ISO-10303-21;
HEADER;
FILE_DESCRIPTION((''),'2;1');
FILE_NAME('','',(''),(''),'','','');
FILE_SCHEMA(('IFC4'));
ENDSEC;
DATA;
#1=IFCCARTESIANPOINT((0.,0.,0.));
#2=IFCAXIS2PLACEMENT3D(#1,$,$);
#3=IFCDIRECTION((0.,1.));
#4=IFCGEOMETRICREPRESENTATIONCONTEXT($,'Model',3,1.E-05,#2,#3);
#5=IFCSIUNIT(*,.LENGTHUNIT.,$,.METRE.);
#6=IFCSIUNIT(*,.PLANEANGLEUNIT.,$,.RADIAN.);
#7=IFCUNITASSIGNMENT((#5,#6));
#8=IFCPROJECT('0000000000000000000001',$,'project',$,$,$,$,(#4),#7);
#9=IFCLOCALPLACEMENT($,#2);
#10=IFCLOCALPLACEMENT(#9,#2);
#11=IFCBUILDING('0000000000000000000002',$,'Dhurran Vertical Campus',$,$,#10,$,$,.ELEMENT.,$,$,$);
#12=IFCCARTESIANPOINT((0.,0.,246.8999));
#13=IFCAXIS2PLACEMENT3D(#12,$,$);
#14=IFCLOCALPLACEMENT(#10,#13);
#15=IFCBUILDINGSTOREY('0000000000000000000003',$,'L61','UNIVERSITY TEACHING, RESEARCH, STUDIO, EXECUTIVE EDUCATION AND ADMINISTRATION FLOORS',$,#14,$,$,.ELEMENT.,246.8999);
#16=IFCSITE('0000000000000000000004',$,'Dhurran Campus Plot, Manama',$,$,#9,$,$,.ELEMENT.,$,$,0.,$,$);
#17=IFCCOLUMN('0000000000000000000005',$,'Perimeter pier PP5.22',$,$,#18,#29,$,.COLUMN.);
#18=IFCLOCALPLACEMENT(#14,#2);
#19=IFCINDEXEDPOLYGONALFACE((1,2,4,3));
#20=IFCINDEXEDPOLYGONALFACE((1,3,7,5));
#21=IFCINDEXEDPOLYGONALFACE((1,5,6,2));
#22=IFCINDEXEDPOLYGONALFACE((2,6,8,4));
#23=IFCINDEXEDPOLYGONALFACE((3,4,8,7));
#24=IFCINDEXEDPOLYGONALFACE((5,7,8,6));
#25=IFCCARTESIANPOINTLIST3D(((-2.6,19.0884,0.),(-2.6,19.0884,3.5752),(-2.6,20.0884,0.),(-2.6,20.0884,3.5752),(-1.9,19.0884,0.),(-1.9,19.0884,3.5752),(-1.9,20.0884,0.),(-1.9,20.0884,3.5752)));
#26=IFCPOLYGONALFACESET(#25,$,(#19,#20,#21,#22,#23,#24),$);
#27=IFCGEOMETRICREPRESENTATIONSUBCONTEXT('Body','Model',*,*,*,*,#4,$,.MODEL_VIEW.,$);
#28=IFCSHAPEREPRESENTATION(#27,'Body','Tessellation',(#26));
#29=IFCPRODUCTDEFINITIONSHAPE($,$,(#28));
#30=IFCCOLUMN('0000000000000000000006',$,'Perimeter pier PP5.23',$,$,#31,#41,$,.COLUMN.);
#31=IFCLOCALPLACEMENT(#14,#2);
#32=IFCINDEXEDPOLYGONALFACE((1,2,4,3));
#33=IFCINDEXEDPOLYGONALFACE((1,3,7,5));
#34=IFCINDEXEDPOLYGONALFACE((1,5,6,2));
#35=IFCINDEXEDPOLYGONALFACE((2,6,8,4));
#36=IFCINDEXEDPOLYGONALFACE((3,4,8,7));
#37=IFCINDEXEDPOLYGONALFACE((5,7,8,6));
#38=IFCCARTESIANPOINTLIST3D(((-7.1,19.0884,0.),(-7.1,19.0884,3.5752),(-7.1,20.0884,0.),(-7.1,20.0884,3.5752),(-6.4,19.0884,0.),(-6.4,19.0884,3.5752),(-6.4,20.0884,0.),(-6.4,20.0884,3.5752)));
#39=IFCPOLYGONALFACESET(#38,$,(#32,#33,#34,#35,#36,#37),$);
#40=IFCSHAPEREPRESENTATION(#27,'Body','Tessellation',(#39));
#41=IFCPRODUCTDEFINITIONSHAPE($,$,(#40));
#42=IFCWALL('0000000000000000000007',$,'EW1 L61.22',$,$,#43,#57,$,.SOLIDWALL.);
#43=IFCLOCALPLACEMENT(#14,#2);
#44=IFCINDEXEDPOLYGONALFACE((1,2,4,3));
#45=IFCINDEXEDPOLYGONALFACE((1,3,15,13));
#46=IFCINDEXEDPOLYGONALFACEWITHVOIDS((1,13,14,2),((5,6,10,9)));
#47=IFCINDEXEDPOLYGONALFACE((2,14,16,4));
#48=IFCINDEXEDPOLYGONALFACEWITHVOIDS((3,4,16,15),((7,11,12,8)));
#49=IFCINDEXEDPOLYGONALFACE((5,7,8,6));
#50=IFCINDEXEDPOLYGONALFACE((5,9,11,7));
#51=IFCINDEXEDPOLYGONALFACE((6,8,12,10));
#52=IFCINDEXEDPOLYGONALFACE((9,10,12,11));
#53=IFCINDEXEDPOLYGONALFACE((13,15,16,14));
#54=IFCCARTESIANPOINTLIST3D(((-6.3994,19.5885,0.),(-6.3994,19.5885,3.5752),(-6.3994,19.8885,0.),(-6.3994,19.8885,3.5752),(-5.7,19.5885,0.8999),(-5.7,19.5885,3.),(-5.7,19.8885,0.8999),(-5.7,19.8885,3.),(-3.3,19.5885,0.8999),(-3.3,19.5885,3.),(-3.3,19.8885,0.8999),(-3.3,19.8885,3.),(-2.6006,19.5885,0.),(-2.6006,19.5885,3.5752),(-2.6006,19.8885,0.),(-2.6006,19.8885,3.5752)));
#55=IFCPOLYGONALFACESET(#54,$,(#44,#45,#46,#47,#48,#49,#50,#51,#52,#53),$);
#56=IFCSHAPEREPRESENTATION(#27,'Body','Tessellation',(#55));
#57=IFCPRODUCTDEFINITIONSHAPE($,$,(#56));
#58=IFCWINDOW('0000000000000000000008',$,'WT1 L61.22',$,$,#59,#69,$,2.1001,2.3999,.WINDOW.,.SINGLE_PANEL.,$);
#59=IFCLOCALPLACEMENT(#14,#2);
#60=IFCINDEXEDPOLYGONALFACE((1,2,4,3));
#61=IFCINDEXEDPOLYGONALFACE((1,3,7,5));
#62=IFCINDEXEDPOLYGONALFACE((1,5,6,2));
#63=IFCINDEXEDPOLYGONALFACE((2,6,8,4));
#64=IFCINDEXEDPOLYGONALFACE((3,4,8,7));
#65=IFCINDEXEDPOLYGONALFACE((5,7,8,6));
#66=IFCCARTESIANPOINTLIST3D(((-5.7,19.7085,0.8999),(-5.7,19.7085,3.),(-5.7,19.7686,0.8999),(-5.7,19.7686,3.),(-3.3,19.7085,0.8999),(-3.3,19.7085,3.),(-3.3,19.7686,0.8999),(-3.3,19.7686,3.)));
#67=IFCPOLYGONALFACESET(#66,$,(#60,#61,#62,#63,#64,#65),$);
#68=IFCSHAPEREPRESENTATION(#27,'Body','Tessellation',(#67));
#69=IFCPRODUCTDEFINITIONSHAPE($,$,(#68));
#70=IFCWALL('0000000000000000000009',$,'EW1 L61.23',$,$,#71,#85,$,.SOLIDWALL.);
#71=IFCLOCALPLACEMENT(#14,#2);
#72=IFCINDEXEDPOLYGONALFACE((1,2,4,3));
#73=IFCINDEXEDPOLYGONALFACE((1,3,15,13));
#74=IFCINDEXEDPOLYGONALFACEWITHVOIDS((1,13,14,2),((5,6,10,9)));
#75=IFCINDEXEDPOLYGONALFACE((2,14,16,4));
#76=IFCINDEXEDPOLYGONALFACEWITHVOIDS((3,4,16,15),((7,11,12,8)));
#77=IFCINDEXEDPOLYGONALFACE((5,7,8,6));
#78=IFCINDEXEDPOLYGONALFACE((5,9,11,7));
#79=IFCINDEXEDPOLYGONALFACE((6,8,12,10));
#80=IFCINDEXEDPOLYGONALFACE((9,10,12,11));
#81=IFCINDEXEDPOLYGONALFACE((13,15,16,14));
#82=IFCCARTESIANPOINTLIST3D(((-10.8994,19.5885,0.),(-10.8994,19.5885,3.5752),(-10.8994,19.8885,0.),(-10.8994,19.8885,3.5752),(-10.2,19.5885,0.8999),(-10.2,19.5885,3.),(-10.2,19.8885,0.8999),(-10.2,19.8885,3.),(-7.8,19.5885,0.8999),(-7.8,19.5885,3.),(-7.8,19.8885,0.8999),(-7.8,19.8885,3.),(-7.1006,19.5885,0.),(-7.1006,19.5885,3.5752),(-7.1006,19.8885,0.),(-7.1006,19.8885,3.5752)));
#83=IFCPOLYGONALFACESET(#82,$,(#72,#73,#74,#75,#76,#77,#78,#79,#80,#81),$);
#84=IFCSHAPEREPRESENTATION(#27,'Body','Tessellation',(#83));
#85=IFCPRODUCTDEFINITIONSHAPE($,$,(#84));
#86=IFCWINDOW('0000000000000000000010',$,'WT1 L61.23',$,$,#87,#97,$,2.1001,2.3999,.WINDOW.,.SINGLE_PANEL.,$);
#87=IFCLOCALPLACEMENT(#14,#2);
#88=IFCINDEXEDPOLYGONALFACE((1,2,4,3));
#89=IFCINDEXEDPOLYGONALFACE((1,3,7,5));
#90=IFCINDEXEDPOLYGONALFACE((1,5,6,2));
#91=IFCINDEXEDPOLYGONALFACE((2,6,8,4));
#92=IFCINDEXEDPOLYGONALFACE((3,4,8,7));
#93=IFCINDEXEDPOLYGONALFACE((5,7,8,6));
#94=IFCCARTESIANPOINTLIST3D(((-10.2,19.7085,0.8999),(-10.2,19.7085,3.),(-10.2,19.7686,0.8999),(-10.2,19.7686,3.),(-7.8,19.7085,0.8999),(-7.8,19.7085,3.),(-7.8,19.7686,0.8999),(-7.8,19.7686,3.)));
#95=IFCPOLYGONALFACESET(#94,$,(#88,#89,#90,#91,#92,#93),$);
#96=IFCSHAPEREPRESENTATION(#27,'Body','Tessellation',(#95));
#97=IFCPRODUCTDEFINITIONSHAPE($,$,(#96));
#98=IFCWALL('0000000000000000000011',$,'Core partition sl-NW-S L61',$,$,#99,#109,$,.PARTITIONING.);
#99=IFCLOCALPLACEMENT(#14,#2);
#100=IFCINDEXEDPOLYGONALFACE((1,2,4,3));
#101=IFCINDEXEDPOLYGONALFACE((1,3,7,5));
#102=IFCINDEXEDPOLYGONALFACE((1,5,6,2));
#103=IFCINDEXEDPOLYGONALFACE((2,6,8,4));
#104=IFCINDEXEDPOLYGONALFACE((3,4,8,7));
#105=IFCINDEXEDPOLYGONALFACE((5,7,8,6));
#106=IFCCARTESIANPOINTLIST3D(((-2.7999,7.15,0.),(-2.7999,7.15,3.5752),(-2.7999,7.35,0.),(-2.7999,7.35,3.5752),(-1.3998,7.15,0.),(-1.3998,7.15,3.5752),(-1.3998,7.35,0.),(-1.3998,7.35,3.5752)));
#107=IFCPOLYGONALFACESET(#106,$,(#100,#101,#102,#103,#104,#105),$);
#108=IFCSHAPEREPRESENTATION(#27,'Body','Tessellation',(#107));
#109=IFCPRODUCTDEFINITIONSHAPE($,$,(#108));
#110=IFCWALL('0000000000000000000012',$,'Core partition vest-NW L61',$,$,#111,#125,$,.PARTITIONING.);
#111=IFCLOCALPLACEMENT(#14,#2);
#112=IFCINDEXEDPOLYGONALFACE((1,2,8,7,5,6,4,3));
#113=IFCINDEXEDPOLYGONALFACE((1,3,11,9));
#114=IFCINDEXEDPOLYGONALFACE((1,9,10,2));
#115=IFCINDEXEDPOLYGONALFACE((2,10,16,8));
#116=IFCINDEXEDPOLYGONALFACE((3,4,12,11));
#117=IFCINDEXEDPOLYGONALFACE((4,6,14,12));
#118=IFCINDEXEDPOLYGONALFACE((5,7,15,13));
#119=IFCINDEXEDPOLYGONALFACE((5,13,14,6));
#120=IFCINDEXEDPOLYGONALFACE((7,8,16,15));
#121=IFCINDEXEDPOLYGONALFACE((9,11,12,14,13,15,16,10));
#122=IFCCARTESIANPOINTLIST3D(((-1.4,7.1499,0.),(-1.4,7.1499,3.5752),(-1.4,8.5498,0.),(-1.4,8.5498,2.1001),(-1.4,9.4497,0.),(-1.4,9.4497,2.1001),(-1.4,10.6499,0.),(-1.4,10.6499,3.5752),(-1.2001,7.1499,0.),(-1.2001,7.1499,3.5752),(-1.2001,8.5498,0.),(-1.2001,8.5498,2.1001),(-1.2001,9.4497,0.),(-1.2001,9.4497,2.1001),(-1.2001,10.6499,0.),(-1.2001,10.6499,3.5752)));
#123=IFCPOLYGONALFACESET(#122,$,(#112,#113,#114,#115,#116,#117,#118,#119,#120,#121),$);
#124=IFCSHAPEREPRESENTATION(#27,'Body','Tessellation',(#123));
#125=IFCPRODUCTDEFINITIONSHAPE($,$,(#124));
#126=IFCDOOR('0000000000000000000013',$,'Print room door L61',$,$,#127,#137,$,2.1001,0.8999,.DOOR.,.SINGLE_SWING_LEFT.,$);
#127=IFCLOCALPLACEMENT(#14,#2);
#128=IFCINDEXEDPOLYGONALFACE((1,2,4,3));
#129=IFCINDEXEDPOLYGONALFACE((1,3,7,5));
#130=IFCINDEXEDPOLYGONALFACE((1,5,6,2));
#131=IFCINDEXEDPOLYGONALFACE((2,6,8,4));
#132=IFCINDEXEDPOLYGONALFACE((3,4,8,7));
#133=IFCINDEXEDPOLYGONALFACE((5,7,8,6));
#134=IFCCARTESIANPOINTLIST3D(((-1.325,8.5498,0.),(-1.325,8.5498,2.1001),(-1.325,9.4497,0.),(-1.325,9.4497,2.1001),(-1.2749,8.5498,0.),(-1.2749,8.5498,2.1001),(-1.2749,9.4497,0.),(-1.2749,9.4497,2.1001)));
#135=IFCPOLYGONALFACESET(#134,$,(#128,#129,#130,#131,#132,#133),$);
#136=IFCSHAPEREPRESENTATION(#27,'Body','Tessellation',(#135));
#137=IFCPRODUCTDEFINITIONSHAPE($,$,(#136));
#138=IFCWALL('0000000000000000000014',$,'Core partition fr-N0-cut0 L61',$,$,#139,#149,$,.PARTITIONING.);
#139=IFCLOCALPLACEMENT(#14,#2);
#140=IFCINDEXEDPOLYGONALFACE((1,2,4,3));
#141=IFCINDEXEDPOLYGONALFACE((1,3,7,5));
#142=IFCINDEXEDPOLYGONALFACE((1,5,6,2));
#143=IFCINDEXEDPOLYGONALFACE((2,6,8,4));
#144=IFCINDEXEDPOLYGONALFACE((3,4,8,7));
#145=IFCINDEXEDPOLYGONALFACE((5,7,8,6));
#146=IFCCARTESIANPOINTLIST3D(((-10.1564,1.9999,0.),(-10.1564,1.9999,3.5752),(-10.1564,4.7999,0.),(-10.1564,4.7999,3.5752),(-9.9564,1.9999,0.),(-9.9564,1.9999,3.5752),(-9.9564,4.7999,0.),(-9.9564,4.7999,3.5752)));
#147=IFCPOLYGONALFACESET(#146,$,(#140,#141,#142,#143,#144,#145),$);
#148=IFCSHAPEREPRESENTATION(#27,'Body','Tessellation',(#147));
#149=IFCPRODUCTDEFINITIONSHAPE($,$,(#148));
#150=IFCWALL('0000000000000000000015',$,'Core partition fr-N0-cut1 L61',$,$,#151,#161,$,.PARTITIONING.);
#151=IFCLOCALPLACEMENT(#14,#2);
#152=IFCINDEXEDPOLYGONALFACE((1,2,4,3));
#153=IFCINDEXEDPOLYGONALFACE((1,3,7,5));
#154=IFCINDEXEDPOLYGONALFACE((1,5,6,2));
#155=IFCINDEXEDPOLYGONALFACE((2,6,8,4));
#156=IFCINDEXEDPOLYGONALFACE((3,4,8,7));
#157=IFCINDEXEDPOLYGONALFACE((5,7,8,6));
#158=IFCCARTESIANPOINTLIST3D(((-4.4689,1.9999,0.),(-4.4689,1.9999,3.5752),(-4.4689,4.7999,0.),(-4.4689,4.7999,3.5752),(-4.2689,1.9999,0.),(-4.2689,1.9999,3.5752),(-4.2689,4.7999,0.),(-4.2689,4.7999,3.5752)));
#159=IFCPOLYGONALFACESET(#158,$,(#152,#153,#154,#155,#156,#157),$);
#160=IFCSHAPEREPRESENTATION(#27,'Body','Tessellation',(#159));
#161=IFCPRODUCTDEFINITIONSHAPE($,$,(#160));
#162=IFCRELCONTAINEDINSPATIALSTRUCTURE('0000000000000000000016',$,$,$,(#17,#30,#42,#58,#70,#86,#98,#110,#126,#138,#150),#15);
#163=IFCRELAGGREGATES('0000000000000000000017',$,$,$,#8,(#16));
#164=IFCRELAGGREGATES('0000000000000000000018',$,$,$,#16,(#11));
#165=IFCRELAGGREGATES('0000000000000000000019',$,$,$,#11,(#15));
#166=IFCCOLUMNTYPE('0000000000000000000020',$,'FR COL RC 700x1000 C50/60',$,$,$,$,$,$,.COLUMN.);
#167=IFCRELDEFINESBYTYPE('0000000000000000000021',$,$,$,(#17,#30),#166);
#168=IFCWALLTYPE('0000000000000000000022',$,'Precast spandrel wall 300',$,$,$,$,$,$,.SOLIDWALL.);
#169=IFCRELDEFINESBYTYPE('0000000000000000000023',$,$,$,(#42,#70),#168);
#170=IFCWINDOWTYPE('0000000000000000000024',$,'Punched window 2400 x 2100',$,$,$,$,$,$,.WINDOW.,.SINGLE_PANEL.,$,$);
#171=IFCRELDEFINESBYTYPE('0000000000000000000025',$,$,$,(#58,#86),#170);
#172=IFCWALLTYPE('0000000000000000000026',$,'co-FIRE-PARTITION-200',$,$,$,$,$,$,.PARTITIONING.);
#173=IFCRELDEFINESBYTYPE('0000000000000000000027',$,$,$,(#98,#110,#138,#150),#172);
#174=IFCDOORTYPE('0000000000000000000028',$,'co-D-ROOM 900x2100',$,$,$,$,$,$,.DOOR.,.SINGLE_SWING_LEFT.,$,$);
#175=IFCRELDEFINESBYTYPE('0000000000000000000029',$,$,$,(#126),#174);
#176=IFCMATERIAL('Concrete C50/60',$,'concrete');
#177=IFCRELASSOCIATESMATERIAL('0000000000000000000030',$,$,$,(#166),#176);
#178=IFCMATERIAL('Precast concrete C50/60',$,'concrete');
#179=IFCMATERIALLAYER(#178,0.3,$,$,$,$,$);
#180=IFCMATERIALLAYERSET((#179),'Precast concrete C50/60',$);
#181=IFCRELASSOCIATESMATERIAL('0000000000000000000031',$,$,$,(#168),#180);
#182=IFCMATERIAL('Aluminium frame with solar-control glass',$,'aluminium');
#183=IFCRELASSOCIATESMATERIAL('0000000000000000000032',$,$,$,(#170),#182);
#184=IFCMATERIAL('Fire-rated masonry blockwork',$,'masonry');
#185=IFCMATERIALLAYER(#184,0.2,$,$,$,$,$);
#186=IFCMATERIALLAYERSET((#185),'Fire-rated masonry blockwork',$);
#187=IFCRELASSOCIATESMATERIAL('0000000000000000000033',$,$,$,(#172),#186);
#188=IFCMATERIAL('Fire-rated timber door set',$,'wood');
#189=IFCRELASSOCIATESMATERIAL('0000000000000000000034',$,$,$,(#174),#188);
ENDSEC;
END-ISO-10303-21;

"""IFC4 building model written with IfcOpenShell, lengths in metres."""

from ifc_helpers import new_model, si_unit, direction, frame, frame_2d, origin, origin_2d, place, context, subcontext, project, spatial, rectangle, extrude, material, layer, layer_set, material_profile, profile_set, type_object, element, fill, save


model = new_model("IFC4")

# Units and contexts
model_context = context("Model", 3, precision=1e-05, world=origin(), true_north=direction((0.0, 1.0)))
body_context = subcontext(model_context, "Body", "Model", "MODEL_VIEW")
ifc_project = project(units=[si_unit("LENGTHUNIT", "METRE"), si_unit("PLANEANGLEUNIT", "RADIAN")], contexts=[model_context])

# Site, building, storey
site_placement = place(None, origin())
site = spatial("IfcSite", under=ifc_project, at=site_placement, Name="Dhurran Campus Plot, Manama", CompositionType="ELEMENT", RefElevation=0.0)
building_placement = place(site_placement, origin())
building = spatial("IfcBuilding", under=site, at=building_placement, Name="Dhurran Vertical Campus", CompositionType="ELEMENT")
storey_placement = place(building_placement, frame((0.0, 0.0, 246.8999)))
storey = spatial("IfcBuildingStorey", under=building, at=storey_placement, Name="L61", Description="UNIVERSITY TEACHING, RESEARCH, STUDIO, EXECUTIVE EDUCATION AND ADMINISTRATION FLOORS", CompositionType="ELEMENT", Elevation=246.8999)

# Columns
ifc_material_1 = material(Name="Concrete C50/60", Category="concrete")
ifc_material_profile = material_profile(ifc_material_1, rectangle(XDim=0.7, YDim=1.0, at=origin_2d()), Name="RC 700x1000")
ifc_profile_set = profile_set([ifc_material_profile], Name="Concrete C50/60")
column_type = type_object("IfcColumnType", Name="FR COL RC 700x1000 C50/60", PredefinedType="COLUMN", material=ifc_profile_set)
for number, where, z_axis, x_axis, name in (
    (1, (-2.25, 19.5884, 0.0), (0.0, 0.0, 1.0), (-1.0, 0.0, 0.0), "Perimeter pier PP5.22"),
    (2, (-6.75, 19.5884, 0.0), (0.0, 0.0, 1.0), (-1.0, 0.0, 0.0), "Perimeter pier PP5.23"),
):
    element("IfcColumn", number, at=place(storey_placement, frame(where, z_axis=z_axis, x_axis=x_axis)), inside=storey, type_object=column_type, Name=name, PredefinedType="COLUMN", context=body_context, shape_type="SweptSolid", body=[
        extrude(rectangle(XDim=0.7, YDim=1.0, at=origin_2d()), origin(), (0.0, 0.0, 1.0), 3.5752),
    ])

# Walls, openings, windows
ifc_material_2 = material(Name="Precast concrete C50/60", Category="concrete")
ifc_layer_1 = layer(ifc_material_2, 0.3)
ifc_layer_set_1 = layer_set([ifc_layer_1], Name="Precast concrete C50/60")
wall_type_1 = type_object("IfcWallType", Name="Precast spandrel wall 300", PredefinedType="SOLIDWALL", material=ifc_layer_set_1)
wall_1_placement = place(storey_placement, frame((-2.6006, 19.7385, 0.0), z_axis=(0.0, 0.0, 1.0), x_axis=(-1.0, 0.0, 0.0)))
wall_1 = element("IfcWall", 3, at=wall_1_placement, inside=storey, type_object=wall_type_1, Name="EW1 L61.22", PredefinedType="SOLIDWALL", context=body_context, shape_type="SweptSolid", body=[
    extrude(rectangle(XDim=3.7988, YDim=0.3, at=frame_2d((1.8994, 0.0))), origin(), (0.0, 0.0, 1.0), 3.5752),
])
opening_1_placement = place(wall_1_placement, frame((0.6995, 0.0, 0.8999)))
opening_1 = element("IfcOpeningElement", 4, at=opening_1_placement, cuts=wall_1, PredefinedType="OPENING", context=body_context, shape_type="SweptSolid", body=[
    extrude(rectangle(XDim=2.3999, YDim=2.1001, at=frame_2d((1.2, 1.05))), frame((0.0, 0.1599, 0.0), z_axis=(0.0, -1.0, 0.0), x_axis=(1.0, 0.0, 0.0)), (0.0, 0.0, 1.0), 0.3201),
])
ifc_material_3 = material(Name="Aluminium frame with solar-control glass", Category="aluminium")
window_type = type_object("IfcWindowType", Name="Punched window 2400 x 2100", PartitioningType="SINGLE_PANEL", PredefinedType="WINDOW", material=ifc_material_3)
window_1_placement = place(opening_1_placement, origin())
window_1 = element("IfcWindow", 5, at=window_1_placement, inside=storey, type_object=window_type, Name="WT1 L61.22", OverallHeight=2.1001, OverallWidth=2.3999, PartitioningType="SINGLE_PANEL", PredefinedType="WINDOW", context=body_context, shape_type="SweptSolid", body=[
    extrude(rectangle(XDim=2.3999, YDim=2.1001, at=frame_2d((1.2, 1.05))), frame((0.0, 0.03, 0.0), z_axis=(0.0, -1.0, 0.0), x_axis=(1.0, 0.0, 0.0)), (0.0, 0.0, 1.0), 0.0601),
])
fill(opening_1, window_1)
wall_2_placement = place(storey_placement, frame((-7.1006, 19.7385, 0.0), z_axis=(0.0, 0.0, 1.0), x_axis=(-1.0, 0.0, 0.0)))
wall_2 = element("IfcWall", 6, at=wall_2_placement, inside=storey, type_object=wall_type_1, Name="EW1 L61.23", PredefinedType="SOLIDWALL", context=body_context, shape_type="SweptSolid", body=[
    extrude(rectangle(XDim=3.7988, YDim=0.3, at=frame_2d((1.8994, 0.0))), origin(), (0.0, 0.0, 1.0), 3.5752),
])
opening_2_placement = place(wall_2_placement, frame((0.6995, 0.0, 0.8999)))
opening_2 = element("IfcOpeningElement", 7, at=opening_2_placement, cuts=wall_2, PredefinedType="OPENING", context=body_context, shape_type="SweptSolid", body=[
    extrude(rectangle(XDim=2.3999, YDim=2.1001, at=frame_2d((1.2, 1.05))), frame((0.0, 0.1599, 0.0), z_axis=(0.0, -1.0, 0.0), x_axis=(1.0, 0.0, 0.0)), (0.0, 0.0, 1.0), 0.3201),
])
window_2_placement = place(opening_2_placement, origin())
window_2 = element("IfcWindow", 8, at=window_2_placement, inside=storey, type_object=window_type, Name="WT1 L61.23", OverallHeight=2.1001, OverallWidth=2.3999, PartitioningType="SINGLE_PANEL", PredefinedType="WINDOW", context=body_context, shape_type="SweptSolid", body=[
    extrude(rectangle(XDim=2.3999, YDim=2.1001, at=frame_2d((1.2, 1.05))), frame((0.0, 0.03, 0.0), z_axis=(0.0, -1.0, 0.0), x_axis=(1.0, 0.0, 0.0)), (0.0, 0.0, 1.0), 0.0601),
])
fill(opening_2, window_2)

# Wall
ifc_material_4 = material(Name="Fire-rated masonry blockwork", Category="masonry")
ifc_layer_2 = layer(ifc_material_4, 0.2)
ifc_layer_set_2 = layer_set([ifc_layer_2], Name="Fire-rated masonry blockwork")
wall_type_2 = type_object("IfcWallType", Name="co-FIRE-PARTITION-200", PredefinedType="PARTITIONING", material=ifc_layer_set_2)
wall_3_placement = place(storey_placement, frame((-2.8, 7.25, 0.0), z_axis=(0.0, 0.0, 1.0), x_axis=(1.0, 0.0, 0.0)))
element("IfcWall", 9, at=wall_3_placement, inside=storey, type_object=wall_type_2, Name="Core partition sl-NW-S L61", PredefinedType="PARTITIONING", context=body_context, shape_type="SweptSolid", body=[
    extrude(rectangle(XDim=1.4001, YDim=0.2, at=frame_2d((0.7002, 0.0))), origin(), (0.0, 0.0, 1.0), 3.5752),
])

# Wall, opening, door
wall_4_placement = place(storey_placement, frame((-1.3, 7.1499, 0.0), z_axis=(0.0, 0.0, 1.0), x_axis=(0.0, 1.0, 0.0)))
wall_4 = element("IfcWall", 10, at=wall_4_placement, inside=storey, type_object=wall_type_2, Name="Core partition vest-NW L61", PredefinedType="PARTITIONING", context=body_context, shape_type="SweptSolid", body=[
    extrude(rectangle(XDim=3.5, YDim=0.2, at=frame_2d((1.75, 0.0))), origin(), (0.0, 0.0, 1.0), 3.5752),
])
opening_3_placement = place(wall_4_placement, frame((1.3999, 0.0, 0.0)))
opening_3 = element("IfcOpeningElement", 11, at=opening_3_placement, cuts=wall_4, PredefinedType="OPENING", context=body_context, shape_type="SweptSolid", body=[
    extrude(rectangle(XDim=0.8999, YDim=2.1001, at=frame_2d((0.45, 1.05))), frame((0.0, 0.1099, 0.0), z_axis=(0.0, -1.0, 0.0), x_axis=(1.0, 0.0, 0.0)), (0.0, 0.0, 1.0), 0.22),
])
ifc_material_5 = material(Name="Fire-rated timber door set", Category="wood")
door_type_1 = type_object("IfcDoorType", Name="co-D-ROOM 900x2100", OperationType="SINGLE_SWING_LEFT", PredefinedType="DOOR", material=ifc_material_5)
door_1_placement = place(opening_3_placement, origin())
door_1 = element("IfcDoor", 12, at=door_1_placement, inside=storey, type_object=door_type_1, Name="Print room door L61", OperationType="SINGLE_SWING_LEFT", OverallHeight=2.1001, OverallWidth=0.8999, PredefinedType="DOOR", context=body_context, shape_type="SweptSolid", body=[
    extrude(rectangle(XDim=0.8999, YDim=2.1001, at=frame_2d((0.45, 1.05))), frame((0.0, 0.0249, 0.0), z_axis=(0.0, -1.0, 0.0), x_axis=(1.0, 0.0, 0.0)), (0.0, 0.0, 1.0), 0.05),
])
fill(opening_3, door_1)

# Walls
for number, where, z_axis, x_axis, name in (
    (13, (-10.0564, 2.0, 0.0), (0.0, 0.0, 1.0), (0.0, 1.0, 0.0), "Core partition fr-N0-cut0 L61"),
    (14, (-4.3689, 2.0, 0.0), (0.0, 0.0, 1.0), (0.0, 1.0, 0.0), "Core partition fr-N0-cut1 L61"),
):
    element("IfcWall", number, at=place(storey_placement, frame(where, z_axis=z_axis, x_axis=x_axis)), inside=storey, type_object=wall_type_2, Name=name, PredefinedType="PARTITIONING", context=body_context, shape_type="SweptSolid", body=[
        extrude(rectangle(XDim=2.8, YDim=0.2, at=frame_2d((1.3999, 0.0))), origin(), (0.0, 0.0, 1.0), 3.5752),
    ])

save(model, "model.ifc")
